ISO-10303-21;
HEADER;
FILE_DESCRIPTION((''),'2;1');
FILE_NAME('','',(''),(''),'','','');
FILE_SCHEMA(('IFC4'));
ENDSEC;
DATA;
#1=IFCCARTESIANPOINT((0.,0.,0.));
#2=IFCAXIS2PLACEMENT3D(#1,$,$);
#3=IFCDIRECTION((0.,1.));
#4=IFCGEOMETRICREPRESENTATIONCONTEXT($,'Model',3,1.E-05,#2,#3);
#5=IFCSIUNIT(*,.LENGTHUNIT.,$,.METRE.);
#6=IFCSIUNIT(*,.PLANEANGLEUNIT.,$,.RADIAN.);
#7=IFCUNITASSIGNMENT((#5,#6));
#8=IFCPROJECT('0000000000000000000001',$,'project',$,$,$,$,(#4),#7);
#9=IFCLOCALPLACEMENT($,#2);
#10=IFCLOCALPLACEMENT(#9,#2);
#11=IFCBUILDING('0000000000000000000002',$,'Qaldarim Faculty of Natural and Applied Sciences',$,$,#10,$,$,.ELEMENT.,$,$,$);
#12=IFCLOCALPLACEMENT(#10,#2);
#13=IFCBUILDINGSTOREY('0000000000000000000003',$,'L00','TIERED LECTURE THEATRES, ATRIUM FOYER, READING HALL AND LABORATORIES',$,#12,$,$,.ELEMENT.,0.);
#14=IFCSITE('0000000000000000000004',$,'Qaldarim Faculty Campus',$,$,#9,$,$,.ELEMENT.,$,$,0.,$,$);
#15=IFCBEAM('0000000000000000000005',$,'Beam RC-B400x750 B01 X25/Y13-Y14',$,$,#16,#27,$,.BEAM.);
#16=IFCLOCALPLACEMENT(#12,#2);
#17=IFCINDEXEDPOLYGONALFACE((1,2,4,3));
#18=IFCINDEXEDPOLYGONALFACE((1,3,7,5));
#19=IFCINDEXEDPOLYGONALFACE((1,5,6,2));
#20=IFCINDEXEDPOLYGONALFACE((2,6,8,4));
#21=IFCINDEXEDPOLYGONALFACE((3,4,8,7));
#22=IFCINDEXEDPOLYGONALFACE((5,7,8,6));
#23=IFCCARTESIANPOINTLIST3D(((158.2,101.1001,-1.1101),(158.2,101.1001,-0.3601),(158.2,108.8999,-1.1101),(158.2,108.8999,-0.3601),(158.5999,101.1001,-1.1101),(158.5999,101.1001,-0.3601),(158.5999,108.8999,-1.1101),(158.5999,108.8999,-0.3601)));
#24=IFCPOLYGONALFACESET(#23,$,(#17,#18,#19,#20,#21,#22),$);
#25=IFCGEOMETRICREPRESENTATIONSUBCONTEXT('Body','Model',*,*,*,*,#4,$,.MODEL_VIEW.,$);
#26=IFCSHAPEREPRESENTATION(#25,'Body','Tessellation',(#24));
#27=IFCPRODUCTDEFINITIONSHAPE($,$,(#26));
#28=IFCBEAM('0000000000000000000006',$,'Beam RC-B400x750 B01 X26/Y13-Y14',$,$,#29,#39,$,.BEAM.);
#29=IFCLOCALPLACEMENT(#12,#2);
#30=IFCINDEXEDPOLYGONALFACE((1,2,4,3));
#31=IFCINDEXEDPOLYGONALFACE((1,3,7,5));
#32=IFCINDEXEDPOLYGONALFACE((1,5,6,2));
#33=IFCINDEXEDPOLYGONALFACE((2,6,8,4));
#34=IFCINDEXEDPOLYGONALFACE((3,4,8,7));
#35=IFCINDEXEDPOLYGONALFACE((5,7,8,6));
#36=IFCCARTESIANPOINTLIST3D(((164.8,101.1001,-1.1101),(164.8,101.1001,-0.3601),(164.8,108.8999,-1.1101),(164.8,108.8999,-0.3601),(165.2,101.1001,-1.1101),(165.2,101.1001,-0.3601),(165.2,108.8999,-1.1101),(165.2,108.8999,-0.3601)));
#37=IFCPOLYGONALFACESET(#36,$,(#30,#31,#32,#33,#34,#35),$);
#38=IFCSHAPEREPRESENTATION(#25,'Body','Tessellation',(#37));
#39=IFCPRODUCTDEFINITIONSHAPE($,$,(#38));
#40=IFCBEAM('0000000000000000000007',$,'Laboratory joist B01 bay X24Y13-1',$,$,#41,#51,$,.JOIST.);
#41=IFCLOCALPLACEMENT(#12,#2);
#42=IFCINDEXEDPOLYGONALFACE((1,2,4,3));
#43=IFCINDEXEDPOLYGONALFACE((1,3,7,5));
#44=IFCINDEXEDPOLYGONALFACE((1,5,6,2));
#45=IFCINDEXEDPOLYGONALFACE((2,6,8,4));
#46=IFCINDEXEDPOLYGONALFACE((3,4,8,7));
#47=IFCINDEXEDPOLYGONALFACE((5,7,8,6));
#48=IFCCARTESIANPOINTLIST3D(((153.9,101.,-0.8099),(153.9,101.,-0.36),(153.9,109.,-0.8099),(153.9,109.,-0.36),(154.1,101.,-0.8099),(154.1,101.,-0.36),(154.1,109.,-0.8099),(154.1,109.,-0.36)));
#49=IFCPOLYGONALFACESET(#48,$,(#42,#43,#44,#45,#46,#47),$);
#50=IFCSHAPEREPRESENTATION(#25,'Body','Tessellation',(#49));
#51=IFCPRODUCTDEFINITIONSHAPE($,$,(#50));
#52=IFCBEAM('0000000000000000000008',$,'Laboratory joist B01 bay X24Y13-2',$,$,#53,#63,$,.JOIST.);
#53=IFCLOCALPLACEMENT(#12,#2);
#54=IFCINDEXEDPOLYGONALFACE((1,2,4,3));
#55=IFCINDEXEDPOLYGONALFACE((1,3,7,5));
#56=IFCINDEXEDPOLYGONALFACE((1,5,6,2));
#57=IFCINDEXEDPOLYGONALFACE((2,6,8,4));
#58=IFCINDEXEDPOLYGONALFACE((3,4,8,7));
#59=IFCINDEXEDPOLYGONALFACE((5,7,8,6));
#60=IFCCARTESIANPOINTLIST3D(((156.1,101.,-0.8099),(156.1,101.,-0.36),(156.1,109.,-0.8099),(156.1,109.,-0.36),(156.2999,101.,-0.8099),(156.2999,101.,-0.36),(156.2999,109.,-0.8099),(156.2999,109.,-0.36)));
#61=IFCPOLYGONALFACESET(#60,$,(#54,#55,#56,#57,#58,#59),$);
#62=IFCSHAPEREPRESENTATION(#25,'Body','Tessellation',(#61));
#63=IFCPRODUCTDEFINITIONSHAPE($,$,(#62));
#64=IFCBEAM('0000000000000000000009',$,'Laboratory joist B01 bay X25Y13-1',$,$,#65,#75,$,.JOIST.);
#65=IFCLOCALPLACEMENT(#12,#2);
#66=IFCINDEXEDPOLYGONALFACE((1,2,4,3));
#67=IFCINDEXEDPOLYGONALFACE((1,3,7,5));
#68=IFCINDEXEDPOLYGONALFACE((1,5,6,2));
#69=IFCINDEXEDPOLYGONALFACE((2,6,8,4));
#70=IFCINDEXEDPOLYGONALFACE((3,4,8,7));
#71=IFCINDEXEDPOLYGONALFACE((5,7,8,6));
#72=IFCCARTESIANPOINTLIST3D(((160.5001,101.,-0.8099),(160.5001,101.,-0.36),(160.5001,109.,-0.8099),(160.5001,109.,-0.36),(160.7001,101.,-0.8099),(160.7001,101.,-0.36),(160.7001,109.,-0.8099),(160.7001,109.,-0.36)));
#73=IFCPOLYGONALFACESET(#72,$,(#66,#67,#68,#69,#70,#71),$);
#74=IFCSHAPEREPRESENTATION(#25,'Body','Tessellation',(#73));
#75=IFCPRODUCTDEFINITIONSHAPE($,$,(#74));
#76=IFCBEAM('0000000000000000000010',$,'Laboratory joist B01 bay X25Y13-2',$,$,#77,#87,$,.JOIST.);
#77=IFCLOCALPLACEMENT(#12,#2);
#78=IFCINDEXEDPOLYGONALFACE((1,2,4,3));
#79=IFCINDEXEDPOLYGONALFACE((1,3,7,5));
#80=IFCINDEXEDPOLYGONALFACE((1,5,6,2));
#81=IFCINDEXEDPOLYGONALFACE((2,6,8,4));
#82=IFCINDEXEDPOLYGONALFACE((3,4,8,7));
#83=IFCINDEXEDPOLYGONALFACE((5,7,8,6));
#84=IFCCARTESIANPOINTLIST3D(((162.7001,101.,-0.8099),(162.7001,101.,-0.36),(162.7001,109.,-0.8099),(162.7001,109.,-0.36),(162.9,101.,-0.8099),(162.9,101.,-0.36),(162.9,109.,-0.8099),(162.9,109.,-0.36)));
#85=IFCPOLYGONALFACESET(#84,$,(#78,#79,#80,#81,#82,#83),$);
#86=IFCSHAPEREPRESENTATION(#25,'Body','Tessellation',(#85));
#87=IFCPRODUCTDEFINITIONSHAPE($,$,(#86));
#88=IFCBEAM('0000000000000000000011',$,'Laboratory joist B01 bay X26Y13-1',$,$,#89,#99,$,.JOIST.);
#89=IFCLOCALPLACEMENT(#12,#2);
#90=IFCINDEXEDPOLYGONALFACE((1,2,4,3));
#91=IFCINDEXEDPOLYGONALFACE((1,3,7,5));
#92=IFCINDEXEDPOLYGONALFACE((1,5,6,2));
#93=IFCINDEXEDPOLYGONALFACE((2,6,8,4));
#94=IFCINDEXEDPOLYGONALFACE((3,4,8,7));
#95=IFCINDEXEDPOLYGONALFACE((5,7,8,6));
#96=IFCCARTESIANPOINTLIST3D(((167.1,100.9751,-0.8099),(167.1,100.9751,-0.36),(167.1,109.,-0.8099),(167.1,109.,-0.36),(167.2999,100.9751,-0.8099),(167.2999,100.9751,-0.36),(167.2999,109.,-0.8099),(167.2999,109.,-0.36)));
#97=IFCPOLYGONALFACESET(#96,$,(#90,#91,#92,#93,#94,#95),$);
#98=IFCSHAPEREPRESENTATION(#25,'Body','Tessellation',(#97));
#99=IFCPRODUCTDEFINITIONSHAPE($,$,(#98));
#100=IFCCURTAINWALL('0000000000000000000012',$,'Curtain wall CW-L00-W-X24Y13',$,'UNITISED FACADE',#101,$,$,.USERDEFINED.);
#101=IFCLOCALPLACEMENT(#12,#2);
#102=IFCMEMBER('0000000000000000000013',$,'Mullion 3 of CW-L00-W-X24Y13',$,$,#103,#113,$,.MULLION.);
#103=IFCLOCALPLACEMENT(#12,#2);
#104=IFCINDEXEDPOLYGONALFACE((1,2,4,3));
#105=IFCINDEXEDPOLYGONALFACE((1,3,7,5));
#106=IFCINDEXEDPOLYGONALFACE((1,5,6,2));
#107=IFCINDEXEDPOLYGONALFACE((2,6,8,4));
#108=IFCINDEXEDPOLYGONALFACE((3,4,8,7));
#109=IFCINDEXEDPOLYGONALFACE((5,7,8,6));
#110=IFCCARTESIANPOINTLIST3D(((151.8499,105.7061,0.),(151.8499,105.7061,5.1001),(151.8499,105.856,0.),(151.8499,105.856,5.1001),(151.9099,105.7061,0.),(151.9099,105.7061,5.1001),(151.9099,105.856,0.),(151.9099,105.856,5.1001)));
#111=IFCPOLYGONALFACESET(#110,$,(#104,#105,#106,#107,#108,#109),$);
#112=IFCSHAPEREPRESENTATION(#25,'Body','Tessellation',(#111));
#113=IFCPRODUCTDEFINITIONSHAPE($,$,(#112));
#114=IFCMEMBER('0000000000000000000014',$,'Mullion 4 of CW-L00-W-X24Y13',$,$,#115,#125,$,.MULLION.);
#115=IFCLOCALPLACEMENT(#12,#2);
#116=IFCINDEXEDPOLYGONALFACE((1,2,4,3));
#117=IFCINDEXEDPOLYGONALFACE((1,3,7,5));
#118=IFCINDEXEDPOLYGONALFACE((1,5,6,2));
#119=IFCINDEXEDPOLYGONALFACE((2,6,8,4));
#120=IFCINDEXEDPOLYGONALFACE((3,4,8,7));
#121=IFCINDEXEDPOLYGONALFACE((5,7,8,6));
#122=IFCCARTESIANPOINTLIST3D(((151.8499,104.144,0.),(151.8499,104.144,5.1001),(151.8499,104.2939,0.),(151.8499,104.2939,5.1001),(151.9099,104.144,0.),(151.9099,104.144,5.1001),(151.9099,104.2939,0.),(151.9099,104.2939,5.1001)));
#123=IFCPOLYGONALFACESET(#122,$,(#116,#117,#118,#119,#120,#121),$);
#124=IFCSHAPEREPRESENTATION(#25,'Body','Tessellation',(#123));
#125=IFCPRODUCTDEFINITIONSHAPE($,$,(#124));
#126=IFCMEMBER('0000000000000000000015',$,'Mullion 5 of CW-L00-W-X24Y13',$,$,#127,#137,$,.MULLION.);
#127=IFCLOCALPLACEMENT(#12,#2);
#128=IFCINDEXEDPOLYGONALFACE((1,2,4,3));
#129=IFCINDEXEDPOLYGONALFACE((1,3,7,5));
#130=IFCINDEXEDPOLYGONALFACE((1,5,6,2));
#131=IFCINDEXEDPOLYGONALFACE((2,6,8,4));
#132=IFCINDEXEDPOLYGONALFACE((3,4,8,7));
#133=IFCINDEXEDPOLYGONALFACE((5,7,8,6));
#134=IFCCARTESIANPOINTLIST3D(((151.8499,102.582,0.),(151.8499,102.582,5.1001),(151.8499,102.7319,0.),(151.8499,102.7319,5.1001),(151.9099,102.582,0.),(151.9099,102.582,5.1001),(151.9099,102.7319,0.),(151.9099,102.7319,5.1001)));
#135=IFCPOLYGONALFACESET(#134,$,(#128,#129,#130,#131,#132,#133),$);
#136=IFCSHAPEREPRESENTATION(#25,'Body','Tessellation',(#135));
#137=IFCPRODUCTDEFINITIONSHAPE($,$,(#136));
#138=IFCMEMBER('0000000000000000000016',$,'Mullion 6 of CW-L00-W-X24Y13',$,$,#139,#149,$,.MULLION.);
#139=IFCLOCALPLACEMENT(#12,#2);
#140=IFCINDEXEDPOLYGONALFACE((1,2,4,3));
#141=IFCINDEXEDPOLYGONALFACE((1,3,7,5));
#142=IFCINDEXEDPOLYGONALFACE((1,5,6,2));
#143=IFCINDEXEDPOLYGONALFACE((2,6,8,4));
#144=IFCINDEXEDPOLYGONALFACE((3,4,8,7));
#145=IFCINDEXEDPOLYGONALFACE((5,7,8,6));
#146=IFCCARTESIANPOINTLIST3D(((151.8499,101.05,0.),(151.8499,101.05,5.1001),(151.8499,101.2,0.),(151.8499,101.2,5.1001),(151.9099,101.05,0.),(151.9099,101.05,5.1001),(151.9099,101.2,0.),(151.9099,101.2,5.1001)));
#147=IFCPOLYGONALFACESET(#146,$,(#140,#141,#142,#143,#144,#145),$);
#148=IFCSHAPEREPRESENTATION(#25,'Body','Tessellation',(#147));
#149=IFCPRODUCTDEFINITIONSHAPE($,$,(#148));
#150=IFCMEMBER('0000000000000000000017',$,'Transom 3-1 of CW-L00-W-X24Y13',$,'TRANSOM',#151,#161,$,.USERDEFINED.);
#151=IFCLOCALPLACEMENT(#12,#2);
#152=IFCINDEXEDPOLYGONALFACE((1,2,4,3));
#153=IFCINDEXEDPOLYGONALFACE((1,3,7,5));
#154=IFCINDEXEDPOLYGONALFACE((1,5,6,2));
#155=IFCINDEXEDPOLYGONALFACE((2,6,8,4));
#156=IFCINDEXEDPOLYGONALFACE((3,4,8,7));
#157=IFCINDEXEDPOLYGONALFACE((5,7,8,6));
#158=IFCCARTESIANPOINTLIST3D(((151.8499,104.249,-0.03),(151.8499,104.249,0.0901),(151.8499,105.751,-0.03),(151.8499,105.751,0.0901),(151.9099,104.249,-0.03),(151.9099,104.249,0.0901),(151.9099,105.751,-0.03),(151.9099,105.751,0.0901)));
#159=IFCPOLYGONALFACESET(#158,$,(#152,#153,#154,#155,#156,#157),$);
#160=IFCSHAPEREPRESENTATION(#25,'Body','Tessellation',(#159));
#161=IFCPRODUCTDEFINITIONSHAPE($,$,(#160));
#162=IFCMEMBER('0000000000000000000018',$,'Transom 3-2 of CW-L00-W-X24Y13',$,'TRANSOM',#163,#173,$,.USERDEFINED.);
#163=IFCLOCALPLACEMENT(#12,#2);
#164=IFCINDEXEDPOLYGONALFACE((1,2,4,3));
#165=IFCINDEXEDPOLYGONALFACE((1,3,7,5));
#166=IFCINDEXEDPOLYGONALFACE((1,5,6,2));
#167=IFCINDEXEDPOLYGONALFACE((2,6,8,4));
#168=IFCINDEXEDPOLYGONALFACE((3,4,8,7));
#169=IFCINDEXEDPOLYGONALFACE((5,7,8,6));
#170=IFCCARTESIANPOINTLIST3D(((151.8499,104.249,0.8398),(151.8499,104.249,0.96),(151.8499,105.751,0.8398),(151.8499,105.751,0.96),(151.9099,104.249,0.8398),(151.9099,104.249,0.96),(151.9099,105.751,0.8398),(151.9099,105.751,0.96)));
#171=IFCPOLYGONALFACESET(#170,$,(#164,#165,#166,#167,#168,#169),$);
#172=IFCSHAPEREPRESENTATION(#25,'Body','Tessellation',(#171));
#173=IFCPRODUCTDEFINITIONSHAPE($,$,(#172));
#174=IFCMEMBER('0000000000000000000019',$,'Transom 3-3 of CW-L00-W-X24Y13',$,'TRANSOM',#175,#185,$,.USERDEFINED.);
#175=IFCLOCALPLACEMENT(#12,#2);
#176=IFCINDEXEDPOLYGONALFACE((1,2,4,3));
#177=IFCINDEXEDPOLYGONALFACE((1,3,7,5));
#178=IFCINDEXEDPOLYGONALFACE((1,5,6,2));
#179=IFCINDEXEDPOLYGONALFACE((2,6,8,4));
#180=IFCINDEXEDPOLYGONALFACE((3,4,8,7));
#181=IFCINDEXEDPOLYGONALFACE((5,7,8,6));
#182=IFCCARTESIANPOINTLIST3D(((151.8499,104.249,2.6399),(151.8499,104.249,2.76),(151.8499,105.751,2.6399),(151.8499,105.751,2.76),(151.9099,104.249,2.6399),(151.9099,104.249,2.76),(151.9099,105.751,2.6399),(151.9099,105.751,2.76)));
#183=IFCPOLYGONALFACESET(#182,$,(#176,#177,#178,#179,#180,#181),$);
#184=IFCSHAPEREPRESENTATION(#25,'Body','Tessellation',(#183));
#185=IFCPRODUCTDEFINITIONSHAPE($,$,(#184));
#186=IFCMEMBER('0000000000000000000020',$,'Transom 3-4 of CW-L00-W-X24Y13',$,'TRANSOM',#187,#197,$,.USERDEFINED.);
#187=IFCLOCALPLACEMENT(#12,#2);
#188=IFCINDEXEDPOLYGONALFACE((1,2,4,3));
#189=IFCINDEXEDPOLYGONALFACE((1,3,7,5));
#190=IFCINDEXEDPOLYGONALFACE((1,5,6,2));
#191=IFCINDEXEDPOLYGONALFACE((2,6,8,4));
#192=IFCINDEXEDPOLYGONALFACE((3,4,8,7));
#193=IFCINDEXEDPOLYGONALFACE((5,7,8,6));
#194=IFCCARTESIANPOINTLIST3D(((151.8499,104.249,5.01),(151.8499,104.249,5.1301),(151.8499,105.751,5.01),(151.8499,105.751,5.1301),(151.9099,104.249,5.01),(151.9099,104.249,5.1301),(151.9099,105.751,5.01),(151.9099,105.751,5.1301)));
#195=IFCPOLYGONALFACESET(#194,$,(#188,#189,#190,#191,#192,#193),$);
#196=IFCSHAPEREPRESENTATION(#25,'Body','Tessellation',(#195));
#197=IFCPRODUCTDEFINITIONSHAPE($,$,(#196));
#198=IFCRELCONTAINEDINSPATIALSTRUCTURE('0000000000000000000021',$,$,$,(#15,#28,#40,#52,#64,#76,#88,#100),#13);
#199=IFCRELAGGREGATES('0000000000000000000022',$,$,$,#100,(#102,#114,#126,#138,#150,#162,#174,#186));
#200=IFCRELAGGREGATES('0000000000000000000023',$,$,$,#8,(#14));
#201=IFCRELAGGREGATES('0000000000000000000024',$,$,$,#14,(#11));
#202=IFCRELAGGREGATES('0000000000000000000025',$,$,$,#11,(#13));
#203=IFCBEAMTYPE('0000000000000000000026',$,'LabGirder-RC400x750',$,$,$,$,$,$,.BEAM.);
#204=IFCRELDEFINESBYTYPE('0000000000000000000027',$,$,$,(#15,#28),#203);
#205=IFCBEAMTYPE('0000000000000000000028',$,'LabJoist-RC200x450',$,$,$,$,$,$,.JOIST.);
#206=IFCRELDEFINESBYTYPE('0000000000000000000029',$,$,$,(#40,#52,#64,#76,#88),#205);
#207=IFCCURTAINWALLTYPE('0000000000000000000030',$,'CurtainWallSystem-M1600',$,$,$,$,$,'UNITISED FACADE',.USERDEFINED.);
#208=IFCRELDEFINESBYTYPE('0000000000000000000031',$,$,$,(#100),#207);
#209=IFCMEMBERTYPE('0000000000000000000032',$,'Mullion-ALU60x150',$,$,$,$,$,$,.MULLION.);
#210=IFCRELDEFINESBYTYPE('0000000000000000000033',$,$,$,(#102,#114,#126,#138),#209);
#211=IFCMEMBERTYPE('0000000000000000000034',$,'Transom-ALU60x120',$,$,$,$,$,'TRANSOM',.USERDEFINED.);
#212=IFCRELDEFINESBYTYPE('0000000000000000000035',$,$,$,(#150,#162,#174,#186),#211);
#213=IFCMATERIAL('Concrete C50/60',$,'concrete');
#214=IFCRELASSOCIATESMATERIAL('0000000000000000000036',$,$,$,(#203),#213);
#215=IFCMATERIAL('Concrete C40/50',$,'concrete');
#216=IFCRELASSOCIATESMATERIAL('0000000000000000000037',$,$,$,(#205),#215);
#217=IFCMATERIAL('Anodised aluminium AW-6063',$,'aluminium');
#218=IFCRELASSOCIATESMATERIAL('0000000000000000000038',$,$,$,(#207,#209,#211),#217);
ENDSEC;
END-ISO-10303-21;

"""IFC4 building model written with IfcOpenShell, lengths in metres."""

from ifc_helpers import new_model, si_unit, direction, frame, origin, origin_2d, place, context, subcontext, project, spatial, rectangle, extrude, material, material_profile, profile_set, type_object, element, aggregate, save


model = new_model("IFC4")

# Units and contexts
model_context = context("Model", 3, precision=1e-05, world=origin(), true_north=direction((0.0, 1.0)))
body_context = subcontext(model_context, "Body", "Model", "MODEL_VIEW")
ifc_project = project(units=[si_unit("LENGTHUNIT", "METRE"), si_unit("PLANEANGLEUNIT", "RADIAN")], contexts=[model_context])

# Site, building, storey
site_placement = place(None, origin())
site = spatial("IfcSite", under=ifc_project, at=site_placement, Name="Qaldarim Faculty Campus", CompositionType="ELEMENT", RefElevation=0.0)
building_placement = place(site_placement, origin())
building = spatial("IfcBuilding", under=site, at=building_placement, Name="Qaldarim Faculty of Natural and Applied Sciences", CompositionType="ELEMENT")
storey_placement = place(building_placement, origin())
storey = spatial("IfcBuildingStorey", under=building, at=storey_placement, Name="L00", Description="TIERED LECTURE THEATRES, ATRIUM FOYER, READING HALL AND LABORATORIES", CompositionType="ELEMENT", Elevation=0.0)

# Beams
ifc_material_1 = material(Name="Concrete C50/60", Category="concrete")
ifc_material_profile_1 = material_profile(ifc_material_1, rectangle(XDim=0.3999, YDim=0.75, at=origin_2d()), Name="RC-B400x750")
ifc_profile_set_1 = profile_set([ifc_material_profile_1], Name="Concrete C50/60")
beam_type_1 = type_object("IfcBeamType", Name="LabGirder-RC400x750", PredefinedType="BEAM", material=ifc_profile_set_1)
for number, where, z_axis, x_axis, name in (
    (1, (158.3999, 101.1001, -0.7351), (0.0, 1.0, 0.0), (-1.0, 0.0, 0.0), "Beam RC-B400x750 B01 X25/Y13-Y14"),
    (2, (165.0, 101.1001, -0.7351), (0.0, 1.0, 0.0), (-1.0, 0.0, 0.0), "Beam RC-B400x750 B01 X26/Y13-Y14"),
):
    element("IfcBeam", number, at=place(storey_placement, frame(where, z_axis=z_axis, x_axis=x_axis)), inside=storey, type_object=beam_type_1, Name=name, PredefinedType="BEAM", context=body_context, shape_type="SweptSolid", body=[
        extrude(rectangle(XDim=0.3999, YDim=0.75, at=origin_2d()), origin(), (0.0, 0.0, 1.0), 7.7998),
    ])
ifc_material_2 = material(Name="Concrete C40/50", Category="concrete")
ifc_material_profile_2 = material_profile(ifc_material_2, rectangle(XDim=0.2, YDim=0.45, at=origin_2d()), Name="RC-J200x450")
ifc_profile_set_2 = profile_set([ifc_material_profile_2], Name="Concrete C40/50")
beam_type_2 = type_object("IfcBeamType", Name="LabJoist-RC200x450", PredefinedType="JOIST", material=ifc_profile_set_2)
for number, where, z_axis, x_axis, name in (
    (3, (154.0, 101.0, -0.585), (0.0, 1.0, 0.0), (-1.0, 0.0, 0.0), "Laboratory joist B01 bay X24Y13-1"),
    (4, (156.2, 101.0, -0.585), (0.0, 1.0, 0.0), (-1.0, 0.0, 0.0), "Laboratory joist B01 bay X24Y13-2"),
    (5, (160.6001, 101.0, -0.585), (0.0, 1.0, 0.0), (-1.0, 0.0, 0.0), "Laboratory joist B01 bay X25Y13-1"),
    (6, (162.8, 101.0, -0.585), (0.0, 1.0, 0.0), (-1.0, 0.0, 0.0), "Laboratory joist B01 bay X25Y13-2"),
):
    element("IfcBeam", number, at=place(storey_placement, frame(where, z_axis=z_axis, x_axis=x_axis)), inside=storey, type_object=beam_type_2, Name=name, PredefinedType="JOIST", context=body_context, shape_type="SweptSolid", body=[
        extrude(rectangle(XDim=0.2, YDim=0.45, at=origin_2d()), origin(), (0.0, 0.0, 1.0), 8.0),
    ])
beam_placement = place(storey_placement, frame((167.2, 100.9751, -0.585), z_axis=(0.0, 1.0, 0.0), x_axis=(-1.0, 0.0, 0.0)))
element("IfcBeam", 7, at=beam_placement, inside=storey, type_object=beam_type_2, Name="Laboratory joist B01 bay X26Y13-1", PredefinedType="JOIST", context=body_context, shape_type="SweptSolid", body=[
    extrude(rectangle(XDim=0.2, YDim=0.45, at=origin_2d()), origin(), (0.0, 0.0, 1.0), 8.0249),
])

# Curtain wall, members
ifc_material_3 = material(Name="Anodised aluminium AW-6063", Category="aluminium")
curtain_wall_type = type_object("IfcCurtainWallType", Name="CurtainWallSystem-M1600", ElementType="UNITISED FACADE", PredefinedType="USERDEFINED", material=ifc_material_3)
curtain_wall_placement = place(storey_placement, origin())
curtain_wall = element("IfcCurtainWall", 8, at=curtain_wall_placement, inside=storey, type_object=curtain_wall_type, Name="Curtain wall CW-L00-W-X24Y13", ObjectType="UNITISED FACADE", PredefinedType="USERDEFINED")
ifc_material_profile_3 = material_profile(ifc_material_3, rectangle(XDim=0.0601, YDim=0.1499, at=origin_2d()), Name="ALU-M60x150")
ifc_profile_set_3 = profile_set([ifc_material_profile_3], Name="Anodised aluminium AW-6063")
member_type_1 = type_object("IfcMemberType", Name="Mullion-ALU60x150", PredefinedType="MULLION", material=ifc_profile_set_3)
member_1_placement = place(storey_placement, frame((151.8799, 105.781, 0.0), z_axis=(0.0, 0.0, 1.0), x_axis=(1.0, 0.0, 0.0)))
member_1 = element("IfcMember", 9, at=member_1_placement, type_object=member_type_1, Name="Mullion 3 of CW-L00-W-X24Y13", PredefinedType="MULLION", context=body_context, shape_type="SweptSolid", body=[
    extrude(rectangle(XDim=0.0601, YDim=0.1499, at=origin_2d()), origin(), (0.0, 0.0, 1.0), 5.1001),
])
member_2_placement = place(storey_placement, frame((151.8799, 104.219, 0.0), z_axis=(0.0, 0.0, 1.0), x_axis=(1.0, 0.0, 0.0)))
member_2 = element("IfcMember", 10, at=member_2_placement, type_object=member_type_1, Name="Mullion 4 of CW-L00-W-X24Y13", PredefinedType="MULLION", context=body_context, shape_type="SweptSolid", body=[
    extrude(rectangle(XDim=0.0601, YDim=0.1499, at=origin_2d()), origin(), (0.0, 0.0, 1.0), 5.1001),
])
member_3_placement = place(storey_placement, frame((151.8799, 102.657, 0.0), z_axis=(0.0, 0.0, 1.0), x_axis=(1.0, 0.0, 0.0)))
member_3 = element("IfcMember", 11, at=member_3_placement, type_object=member_type_1, Name="Mullion 5 of CW-L00-W-X24Y13", PredefinedType="MULLION", context=body_context, shape_type="SweptSolid", body=[
    extrude(rectangle(XDim=0.0601, YDim=0.1499, at=origin_2d()), origin(), (0.0, 0.0, 1.0), 5.1001),
])
member_4_placement = place(storey_placement, frame((151.8799, 101.125, 0.0), z_axis=(0.0, 0.0, 1.0), x_axis=(1.0, 0.0, 0.0)))
member_4 = element("IfcMember", 12, at=member_4_placement, type_object=member_type_1, Name="Mullion 6 of CW-L00-W-X24Y13", PredefinedType="MULLION", context=body_context, shape_type="SweptSolid", body=[
    extrude(rectangle(XDim=0.0601, YDim=0.1499, at=origin_2d()), origin(), (0.0, 0.0, 1.0), 5.1001),
])
ifc_material_profile_4 = material_profile(ifc_material_3, rectangle(XDim=0.0601, YDim=0.1201, at=origin_2d()), Name="ALU-T60x120")
ifc_profile_set_4 = profile_set([ifc_material_profile_4], Name="Anodised aluminium AW-6063")
member_type_2 = type_object("IfcMemberType", Name="Transom-ALU60x120", ElementType="TRANSOM", PredefinedType="USERDEFINED", material=ifc_profile_set_4)
member_5_placement = place(storey_placement, frame((151.8799, 105.751, 0.03), z_axis=(0.0, -1.0, 0.0), x_axis=(1.0, 0.0, 0.0)))
member_5 = element("IfcMember", 13, at=member_5_placement, type_object=member_type_2, Name="Transom 3-1 of CW-L00-W-X24Y13", ObjectType="TRANSOM", PredefinedType="USERDEFINED", context=body_context, shape_type="SweptSolid", body=[
    extrude(rectangle(XDim=0.0601, YDim=0.1201, at=origin_2d()), origin(), (0.0, 0.0, 1.0), 1.502),
])
member_6_placement = place(storey_placement, frame((151.8799, 105.751, 0.8999), z_axis=(0.0, -1.0, 0.0), x_axis=(1.0, 0.0, 0.0)))
member_6 = element("IfcMember", 14, at=member_6_placement, type_object=member_type_2, Name="Transom 3-2 of CW-L00-W-X24Y13", ObjectType="TRANSOM", PredefinedType="USERDEFINED", context=body_context, shape_type="SweptSolid", body=[
    extrude(rectangle(XDim=0.0601, YDim=0.1201, at=origin_2d()), origin(), (0.0, 0.0, 1.0), 1.502),
])
member_7_placement = place(storey_placement, frame((151.8799, 105.751, 2.7), z_axis=(0.0, -1.0, 0.0), x_axis=(1.0, 0.0, 0.0)))
member_7 = element("IfcMember", 15, at=member_7_placement, type_object=member_type_2, Name="Transom 3-3 of CW-L00-W-X24Y13", ObjectType="TRANSOM", PredefinedType="USERDEFINED", context=body_context, shape_type="SweptSolid", body=[
    extrude(rectangle(XDim=0.0601, YDim=0.1201, at=origin_2d()), origin(), (0.0, 0.0, 1.0), 1.502),
])
member_8_placement = place(storey_placement, frame((151.8799, 105.751, 5.0701), z_axis=(0.0, -1.0, 0.0), x_axis=(1.0, 0.0, 0.0)))
member_8 = element("IfcMember", 16, at=member_8_placement, type_object=member_type_2, Name="Transom 3-4 of CW-L00-W-X24Y13", ObjectType="TRANSOM", PredefinedType="USERDEFINED", context=body_context, shape_type="SweptSolid", body=[
    extrude(rectangle(XDim=0.0601, YDim=0.1201, at=origin_2d()), origin(), (0.0, 0.0, 1.0), 1.502),
])
aggregate(curtain_wall, [member_1, member_2, member_3, member_4, member_5, member_6, member_7, member_8])

save(model, "model.ifc")
